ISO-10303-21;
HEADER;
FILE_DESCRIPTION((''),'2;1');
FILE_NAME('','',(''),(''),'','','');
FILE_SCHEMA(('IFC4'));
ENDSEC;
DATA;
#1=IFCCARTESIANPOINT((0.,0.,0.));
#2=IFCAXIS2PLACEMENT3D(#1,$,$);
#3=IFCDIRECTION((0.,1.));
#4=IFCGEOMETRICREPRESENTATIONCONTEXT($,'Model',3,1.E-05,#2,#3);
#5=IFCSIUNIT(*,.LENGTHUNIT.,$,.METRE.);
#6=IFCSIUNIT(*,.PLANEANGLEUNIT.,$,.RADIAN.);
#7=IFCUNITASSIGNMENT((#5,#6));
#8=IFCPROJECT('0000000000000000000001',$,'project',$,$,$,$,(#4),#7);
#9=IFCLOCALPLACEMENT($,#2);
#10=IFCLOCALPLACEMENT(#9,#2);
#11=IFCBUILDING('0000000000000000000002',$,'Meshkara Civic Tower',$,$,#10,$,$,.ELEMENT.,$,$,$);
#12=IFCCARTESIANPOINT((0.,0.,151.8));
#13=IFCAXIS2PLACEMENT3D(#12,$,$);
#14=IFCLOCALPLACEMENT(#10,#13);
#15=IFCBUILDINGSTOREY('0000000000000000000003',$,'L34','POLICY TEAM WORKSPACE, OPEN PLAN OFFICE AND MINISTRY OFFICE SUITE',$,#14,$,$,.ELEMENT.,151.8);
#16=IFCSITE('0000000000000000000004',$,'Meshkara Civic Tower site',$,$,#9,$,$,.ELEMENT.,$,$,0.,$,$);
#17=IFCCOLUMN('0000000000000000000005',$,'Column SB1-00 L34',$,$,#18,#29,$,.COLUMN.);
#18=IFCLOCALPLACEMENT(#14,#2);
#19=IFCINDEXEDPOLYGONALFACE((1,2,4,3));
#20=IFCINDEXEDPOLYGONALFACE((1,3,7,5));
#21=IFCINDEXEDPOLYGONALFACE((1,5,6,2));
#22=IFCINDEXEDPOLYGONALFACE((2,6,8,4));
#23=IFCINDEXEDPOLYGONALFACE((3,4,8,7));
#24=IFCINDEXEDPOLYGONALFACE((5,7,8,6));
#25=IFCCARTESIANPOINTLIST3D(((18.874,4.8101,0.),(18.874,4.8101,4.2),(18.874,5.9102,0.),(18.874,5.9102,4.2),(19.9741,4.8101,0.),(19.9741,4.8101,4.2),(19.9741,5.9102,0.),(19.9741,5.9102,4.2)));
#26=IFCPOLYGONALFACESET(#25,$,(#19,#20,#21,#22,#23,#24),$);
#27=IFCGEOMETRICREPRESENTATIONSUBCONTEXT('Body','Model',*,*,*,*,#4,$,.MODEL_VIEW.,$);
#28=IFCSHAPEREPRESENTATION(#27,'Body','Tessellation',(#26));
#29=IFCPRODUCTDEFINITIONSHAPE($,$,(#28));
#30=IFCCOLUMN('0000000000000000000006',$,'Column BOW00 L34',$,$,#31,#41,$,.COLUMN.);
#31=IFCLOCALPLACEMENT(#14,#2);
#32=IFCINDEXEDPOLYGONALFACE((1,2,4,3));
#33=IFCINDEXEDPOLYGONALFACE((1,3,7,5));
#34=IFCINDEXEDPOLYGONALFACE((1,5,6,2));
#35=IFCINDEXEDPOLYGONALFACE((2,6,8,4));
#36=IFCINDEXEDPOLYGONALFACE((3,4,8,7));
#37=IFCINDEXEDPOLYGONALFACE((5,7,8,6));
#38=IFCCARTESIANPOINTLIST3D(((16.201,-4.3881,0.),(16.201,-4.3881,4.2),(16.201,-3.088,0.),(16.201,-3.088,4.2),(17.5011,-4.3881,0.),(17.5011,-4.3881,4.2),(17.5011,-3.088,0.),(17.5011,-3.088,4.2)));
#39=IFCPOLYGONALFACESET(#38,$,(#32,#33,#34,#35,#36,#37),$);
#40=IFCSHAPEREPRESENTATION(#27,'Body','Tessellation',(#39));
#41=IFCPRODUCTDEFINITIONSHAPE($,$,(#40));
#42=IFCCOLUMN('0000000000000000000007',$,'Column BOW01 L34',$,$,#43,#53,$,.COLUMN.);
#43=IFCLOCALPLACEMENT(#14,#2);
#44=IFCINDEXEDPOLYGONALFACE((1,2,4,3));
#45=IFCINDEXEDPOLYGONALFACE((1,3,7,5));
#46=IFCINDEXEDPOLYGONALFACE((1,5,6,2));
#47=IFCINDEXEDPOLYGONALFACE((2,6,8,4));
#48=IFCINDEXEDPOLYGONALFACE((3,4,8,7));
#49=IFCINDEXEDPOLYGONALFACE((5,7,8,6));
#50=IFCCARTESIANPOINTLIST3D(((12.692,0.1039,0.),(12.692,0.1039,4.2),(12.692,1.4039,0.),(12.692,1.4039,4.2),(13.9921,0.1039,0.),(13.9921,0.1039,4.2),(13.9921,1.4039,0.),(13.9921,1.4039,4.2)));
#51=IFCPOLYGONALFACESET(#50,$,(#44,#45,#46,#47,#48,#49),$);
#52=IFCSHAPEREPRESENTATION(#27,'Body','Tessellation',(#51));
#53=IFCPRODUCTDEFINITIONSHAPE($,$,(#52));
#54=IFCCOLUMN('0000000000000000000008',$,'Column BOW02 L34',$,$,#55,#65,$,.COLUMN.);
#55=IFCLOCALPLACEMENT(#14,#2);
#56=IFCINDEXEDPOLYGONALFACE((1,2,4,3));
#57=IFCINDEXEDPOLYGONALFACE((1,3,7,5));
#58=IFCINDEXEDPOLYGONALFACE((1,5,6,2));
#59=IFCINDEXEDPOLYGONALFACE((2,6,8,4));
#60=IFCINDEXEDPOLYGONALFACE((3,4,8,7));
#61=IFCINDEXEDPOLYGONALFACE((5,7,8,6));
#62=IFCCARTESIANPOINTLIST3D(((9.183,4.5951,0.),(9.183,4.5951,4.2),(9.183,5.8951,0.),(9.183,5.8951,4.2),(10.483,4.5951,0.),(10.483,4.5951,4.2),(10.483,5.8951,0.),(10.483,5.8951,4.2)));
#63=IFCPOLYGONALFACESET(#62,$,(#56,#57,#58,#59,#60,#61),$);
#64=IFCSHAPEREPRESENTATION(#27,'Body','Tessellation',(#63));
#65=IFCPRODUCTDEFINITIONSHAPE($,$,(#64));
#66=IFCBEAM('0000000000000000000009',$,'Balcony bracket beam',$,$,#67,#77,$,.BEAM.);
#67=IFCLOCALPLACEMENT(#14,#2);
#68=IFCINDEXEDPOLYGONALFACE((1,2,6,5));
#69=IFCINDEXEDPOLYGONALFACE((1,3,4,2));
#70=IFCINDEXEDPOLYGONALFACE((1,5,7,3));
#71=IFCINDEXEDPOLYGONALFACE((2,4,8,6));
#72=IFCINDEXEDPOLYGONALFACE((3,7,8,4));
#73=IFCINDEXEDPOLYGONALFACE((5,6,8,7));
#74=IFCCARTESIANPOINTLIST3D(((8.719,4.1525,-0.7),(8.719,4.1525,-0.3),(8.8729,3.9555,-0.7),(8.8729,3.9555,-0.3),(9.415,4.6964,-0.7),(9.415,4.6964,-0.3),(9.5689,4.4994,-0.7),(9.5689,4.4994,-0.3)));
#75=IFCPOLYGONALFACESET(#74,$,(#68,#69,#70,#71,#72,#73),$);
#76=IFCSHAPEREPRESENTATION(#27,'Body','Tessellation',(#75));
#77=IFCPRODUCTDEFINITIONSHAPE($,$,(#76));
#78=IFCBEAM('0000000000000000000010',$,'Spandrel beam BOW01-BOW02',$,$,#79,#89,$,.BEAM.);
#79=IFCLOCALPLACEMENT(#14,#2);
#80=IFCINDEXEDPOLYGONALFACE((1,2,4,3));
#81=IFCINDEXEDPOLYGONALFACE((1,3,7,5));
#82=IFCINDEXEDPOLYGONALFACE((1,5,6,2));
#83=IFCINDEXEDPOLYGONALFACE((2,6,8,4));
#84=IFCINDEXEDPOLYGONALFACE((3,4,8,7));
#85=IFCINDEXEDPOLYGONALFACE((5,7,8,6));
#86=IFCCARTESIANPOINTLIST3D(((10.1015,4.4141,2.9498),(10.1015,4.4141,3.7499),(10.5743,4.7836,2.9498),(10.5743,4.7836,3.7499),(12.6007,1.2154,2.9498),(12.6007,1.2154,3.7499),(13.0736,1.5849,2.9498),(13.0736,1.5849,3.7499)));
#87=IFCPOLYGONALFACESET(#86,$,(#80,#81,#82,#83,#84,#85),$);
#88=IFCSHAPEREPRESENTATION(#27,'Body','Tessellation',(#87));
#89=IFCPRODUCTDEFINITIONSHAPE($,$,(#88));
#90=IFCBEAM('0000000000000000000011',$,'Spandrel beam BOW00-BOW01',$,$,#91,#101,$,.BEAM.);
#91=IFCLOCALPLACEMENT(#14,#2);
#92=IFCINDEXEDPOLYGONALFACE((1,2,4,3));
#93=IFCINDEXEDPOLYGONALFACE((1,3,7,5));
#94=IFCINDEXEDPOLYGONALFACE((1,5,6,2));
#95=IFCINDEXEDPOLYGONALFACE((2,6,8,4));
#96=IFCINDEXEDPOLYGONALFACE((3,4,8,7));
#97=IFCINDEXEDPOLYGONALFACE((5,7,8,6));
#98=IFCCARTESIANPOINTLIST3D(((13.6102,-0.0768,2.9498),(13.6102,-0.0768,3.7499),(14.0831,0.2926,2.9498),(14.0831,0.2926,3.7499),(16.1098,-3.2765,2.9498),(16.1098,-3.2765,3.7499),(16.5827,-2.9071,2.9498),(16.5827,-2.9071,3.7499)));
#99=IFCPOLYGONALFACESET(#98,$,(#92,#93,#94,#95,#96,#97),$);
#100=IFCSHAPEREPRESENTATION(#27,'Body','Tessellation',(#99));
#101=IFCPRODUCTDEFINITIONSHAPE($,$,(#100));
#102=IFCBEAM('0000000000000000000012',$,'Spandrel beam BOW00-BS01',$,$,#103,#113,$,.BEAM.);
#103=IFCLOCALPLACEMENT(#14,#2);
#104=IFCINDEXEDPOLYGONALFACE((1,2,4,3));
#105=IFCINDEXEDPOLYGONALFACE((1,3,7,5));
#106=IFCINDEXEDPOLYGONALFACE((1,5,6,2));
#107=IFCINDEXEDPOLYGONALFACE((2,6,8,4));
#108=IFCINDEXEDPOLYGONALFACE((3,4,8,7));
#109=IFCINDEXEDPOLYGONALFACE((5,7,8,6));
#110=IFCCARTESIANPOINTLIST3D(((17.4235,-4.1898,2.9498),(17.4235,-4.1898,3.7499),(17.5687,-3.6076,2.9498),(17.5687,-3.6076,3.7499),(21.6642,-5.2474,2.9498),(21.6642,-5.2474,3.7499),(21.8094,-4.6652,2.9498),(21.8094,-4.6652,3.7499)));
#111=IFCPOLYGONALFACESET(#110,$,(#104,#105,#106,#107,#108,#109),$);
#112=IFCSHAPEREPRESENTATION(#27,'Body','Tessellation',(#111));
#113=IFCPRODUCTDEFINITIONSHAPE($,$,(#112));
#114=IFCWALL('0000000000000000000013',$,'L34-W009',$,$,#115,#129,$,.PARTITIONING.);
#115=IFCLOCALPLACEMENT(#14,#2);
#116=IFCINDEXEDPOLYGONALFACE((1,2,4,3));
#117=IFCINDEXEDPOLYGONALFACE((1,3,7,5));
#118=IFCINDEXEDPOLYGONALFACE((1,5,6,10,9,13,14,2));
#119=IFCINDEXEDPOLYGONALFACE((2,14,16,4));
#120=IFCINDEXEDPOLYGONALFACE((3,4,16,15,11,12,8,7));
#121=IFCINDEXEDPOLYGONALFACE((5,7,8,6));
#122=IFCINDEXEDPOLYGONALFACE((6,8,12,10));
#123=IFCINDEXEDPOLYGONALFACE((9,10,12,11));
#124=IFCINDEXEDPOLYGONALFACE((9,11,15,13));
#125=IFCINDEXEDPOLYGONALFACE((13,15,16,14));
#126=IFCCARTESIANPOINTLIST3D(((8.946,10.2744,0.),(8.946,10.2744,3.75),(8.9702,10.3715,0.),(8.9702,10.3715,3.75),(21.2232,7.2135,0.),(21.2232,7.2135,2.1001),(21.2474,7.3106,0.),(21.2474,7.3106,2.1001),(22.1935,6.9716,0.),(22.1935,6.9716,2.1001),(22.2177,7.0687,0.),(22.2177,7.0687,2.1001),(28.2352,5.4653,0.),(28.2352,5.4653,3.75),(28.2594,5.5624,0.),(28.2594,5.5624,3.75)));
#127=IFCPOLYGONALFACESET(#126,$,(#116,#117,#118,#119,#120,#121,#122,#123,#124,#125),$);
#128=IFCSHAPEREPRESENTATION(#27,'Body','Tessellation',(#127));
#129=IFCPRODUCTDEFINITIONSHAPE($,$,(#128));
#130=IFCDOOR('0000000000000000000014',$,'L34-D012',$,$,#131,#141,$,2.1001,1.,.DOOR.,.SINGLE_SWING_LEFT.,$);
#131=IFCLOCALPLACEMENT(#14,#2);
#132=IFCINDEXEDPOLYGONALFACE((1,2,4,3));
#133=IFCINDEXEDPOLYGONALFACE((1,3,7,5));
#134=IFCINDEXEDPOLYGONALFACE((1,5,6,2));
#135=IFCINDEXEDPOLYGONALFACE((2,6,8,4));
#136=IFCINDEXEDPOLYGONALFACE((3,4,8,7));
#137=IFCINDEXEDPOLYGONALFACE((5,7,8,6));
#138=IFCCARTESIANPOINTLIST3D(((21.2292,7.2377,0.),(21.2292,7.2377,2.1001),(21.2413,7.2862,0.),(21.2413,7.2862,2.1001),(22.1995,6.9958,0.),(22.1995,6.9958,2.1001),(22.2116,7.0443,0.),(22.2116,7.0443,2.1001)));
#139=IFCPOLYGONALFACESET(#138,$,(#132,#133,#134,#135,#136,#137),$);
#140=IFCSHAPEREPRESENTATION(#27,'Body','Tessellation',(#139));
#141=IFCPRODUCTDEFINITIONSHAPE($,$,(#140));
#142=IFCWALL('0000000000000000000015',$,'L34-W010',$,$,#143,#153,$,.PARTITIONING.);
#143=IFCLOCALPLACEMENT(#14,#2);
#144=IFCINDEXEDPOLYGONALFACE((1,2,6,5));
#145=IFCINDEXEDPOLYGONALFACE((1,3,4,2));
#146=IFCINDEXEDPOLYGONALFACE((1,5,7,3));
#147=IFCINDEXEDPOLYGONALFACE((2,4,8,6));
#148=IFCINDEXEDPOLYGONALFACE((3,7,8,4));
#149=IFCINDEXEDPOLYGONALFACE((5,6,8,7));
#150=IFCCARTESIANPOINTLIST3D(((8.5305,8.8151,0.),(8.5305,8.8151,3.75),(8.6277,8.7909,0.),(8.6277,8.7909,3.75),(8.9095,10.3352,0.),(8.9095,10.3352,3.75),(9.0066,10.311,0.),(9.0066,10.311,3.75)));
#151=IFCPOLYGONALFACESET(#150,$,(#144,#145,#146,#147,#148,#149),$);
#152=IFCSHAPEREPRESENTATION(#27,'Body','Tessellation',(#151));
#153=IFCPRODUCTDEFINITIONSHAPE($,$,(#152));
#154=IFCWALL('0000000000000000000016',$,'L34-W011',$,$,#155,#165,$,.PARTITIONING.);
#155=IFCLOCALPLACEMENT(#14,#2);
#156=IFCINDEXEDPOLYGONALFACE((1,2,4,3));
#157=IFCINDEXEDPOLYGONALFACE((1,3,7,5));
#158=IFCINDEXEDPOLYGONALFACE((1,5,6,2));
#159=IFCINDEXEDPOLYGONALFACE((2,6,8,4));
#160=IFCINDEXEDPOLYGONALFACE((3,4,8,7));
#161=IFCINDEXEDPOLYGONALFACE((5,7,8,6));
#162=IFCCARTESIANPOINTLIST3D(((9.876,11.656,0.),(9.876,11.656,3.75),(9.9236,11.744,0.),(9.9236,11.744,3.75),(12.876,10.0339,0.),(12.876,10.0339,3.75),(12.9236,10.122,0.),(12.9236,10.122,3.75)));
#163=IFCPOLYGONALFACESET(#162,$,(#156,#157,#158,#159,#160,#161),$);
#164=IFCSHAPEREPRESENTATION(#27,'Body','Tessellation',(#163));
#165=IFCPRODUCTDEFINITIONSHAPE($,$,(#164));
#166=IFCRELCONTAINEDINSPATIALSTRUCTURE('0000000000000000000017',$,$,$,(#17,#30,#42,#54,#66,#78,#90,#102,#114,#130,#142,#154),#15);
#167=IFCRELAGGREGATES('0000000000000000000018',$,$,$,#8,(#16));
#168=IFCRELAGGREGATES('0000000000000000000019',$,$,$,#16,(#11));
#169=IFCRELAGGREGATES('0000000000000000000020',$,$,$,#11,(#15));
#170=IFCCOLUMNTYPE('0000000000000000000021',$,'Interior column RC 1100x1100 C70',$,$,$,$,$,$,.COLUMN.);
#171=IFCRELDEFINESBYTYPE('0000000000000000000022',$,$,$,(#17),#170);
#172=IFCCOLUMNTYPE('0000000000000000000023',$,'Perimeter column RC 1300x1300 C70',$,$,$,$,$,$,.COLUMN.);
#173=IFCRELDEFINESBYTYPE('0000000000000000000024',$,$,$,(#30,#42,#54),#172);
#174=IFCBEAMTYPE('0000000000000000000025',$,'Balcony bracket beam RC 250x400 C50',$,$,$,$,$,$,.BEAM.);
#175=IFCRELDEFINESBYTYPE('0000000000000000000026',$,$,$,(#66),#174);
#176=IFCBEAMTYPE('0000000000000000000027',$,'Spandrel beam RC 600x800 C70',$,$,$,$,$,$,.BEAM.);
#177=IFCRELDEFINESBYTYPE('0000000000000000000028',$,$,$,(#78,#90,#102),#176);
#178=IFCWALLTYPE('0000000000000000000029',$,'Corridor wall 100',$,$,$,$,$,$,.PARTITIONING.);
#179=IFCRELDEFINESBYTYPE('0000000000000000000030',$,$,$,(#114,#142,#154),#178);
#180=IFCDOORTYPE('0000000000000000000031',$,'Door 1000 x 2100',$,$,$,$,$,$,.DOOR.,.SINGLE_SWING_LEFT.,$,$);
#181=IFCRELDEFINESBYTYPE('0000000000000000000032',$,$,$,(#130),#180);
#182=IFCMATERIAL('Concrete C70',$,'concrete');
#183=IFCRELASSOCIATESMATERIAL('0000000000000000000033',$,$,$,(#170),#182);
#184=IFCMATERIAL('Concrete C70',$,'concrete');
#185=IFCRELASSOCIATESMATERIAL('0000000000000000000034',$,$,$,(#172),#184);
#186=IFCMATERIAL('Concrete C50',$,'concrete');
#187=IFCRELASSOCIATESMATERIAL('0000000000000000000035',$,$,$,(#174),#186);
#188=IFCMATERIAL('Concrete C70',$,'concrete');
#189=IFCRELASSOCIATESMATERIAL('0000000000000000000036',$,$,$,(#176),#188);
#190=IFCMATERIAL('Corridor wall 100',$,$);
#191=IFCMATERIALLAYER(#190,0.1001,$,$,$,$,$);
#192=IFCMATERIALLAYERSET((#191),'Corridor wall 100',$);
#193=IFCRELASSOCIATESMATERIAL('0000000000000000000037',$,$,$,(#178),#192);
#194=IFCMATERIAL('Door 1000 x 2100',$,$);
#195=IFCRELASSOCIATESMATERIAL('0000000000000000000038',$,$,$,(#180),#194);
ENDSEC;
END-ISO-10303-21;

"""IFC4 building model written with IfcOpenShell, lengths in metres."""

from ifc_helpers import new_model, si_unit, direction, frame, frame_2d, origin, origin_2d, place, context, subcontext, project, spatial, rectangle, extrude, material, layer, layer_set, material_profile, profile_set, type_object, element, fill, save


model = new_model("IFC4")

# Units and contexts
model_context = context("Model", 3, precision=1e-05, world=origin(), true_north=direction((0.0, 1.0)))
body_context = subcontext(model_context, "Body", "Model", "MODEL_VIEW")
ifc_project = project(units=[si_unit("LENGTHUNIT", "METRE"), si_unit("PLANEANGLEUNIT", "RADIAN")], contexts=[model_context])

# Site, building, storey
site_placement = place(None, origin())
site = spatial("IfcSite", under=ifc_project, at=site_placement, Name="Meshkara Civic Tower site", CompositionType="ELEMENT", RefElevation=0.0)
building_placement = place(site_placement, origin())
building = spatial("IfcBuilding", under=site, at=building_placement, Name="Meshkara Civic Tower", CompositionType="ELEMENT")
storey_placement = place(building_placement, frame((0.0, 0.0, 151.8)))
storey = spatial("IfcBuildingStorey", under=building, at=storey_placement, Name="L34", Description="POLICY TEAM WORKSPACE, OPEN PLAN OFFICE AND MINISTRY OFFICE SUITE", CompositionType="ELEMENT", Elevation=151.8)

# Columns
ifc_material_1 = material(Name="Concrete C70", Category="concrete")
ifc_material_profile_1 = material_profile(ifc_material_1, rectangle(XDim=1.1001, YDim=1.1001, at=origin_2d()))
ifc_profile_set_1 = profile_set([ifc_material_profile_1], Name="Concrete C70")
column_type_1 = type_object("IfcColumnType", Name="Interior column RC 1100x1100 C70", PredefinedType="COLUMN", material=ifc_profile_set_1)
column_placement = place(storey_placement, frame((19.4241, 5.3601, 0.0), z_axis=(0.0, 0.0, 1.0), x_axis=(1.0, 0.0, 0.0)))
element("IfcColumn", 1, at=column_placement, inside=storey, type_object=column_type_1, Name="Column SB1-00 L34", PredefinedType="COLUMN", context=body_context, shape_type="SweptSolid", body=[
    extrude(rectangle(XDim=1.1001, YDim=1.1001, at=origin_2d()), origin(), (0.0, 0.0, 1.0), 4.2),
])
ifc_material_2 = material(Name="Concrete C70", Category="concrete")
ifc_material_profile_2 = material_profile(ifc_material_2, rectangle(XDim=1.3, YDim=1.3, at=origin_2d()))
ifc_profile_set_2 = profile_set([ifc_material_profile_2], Name="Concrete C70")
column_type_2 = type_object("IfcColumnType", Name="Perimeter column RC 1300x1300 C70", PredefinedType="COLUMN", material=ifc_profile_set_2)
for number, where, z_axis, x_axis, name in (
    (2, (16.8511, -3.738, 0.0), (0.0, 0.0, 1.0), (1.0, 0.0, 0.0), "Column BOW00 L34"),
    (3, (13.342, 0.7539, 0.0), (0.0, 0.0, 1.0), (1.0, 0.0, 0.0), "Column BOW01 L34"),
    (4, (9.833, 5.2451, 0.0), (0.0, 0.0, 1.0), (1.0, 0.0, 0.0), "Column BOW02 L34"),
):
    element("IfcColumn", number, at=place(storey_placement, frame(where, z_axis=z_axis, x_axis=x_axis)), inside=storey, type_object=column_type_2, Name=name, PredefinedType="COLUMN", context=body_context, shape_type="SweptSolid", body=[
        extrude(rectangle(XDim=1.3, YDim=1.3, at=origin_2d()), origin(), (0.0, 0.0, 1.0), 4.2),
    ])

# Beams
ifc_material_3 = material(Name="Concrete C50", Category="concrete")
ifc_material_profile_3 = material_profile(ifc_material_3, rectangle(XDim=0.25, YDim=0.3999, at=origin_2d()))
ifc_profile_set_3 = profile_set([ifc_material_profile_3], Name="Concrete C50")
beam_type_1 = type_object("IfcBeamType", Name="Balcony bracket beam RC 250x400 C50", PredefinedType="BEAM", material=ifc_profile_set_3)
beam_1_placement = place(storey_placement, frame((9.4919, 4.5979, -0.5), z_axis=(-0.787936, -0.615757, 0.0), x_axis=(0.615757, -0.787936, 0.0)))
element("IfcBeam", 5, at=beam_1_placement, inside=storey, type_object=beam_type_1, Name="Balcony bracket beam", PredefinedType="BEAM", context=body_context, shape_type="SweptSolid", body=[
    extrude(rectangle(XDim=0.25, YDim=0.3999, at=origin_2d()), origin(), (0.0, 0.0, 1.0), 0.8833),
])
ifc_material_4 = material(Name="Concrete C70", Category="concrete")
ifc_material_profile_4 = material_profile(ifc_material_4, rectangle(XDim=0.6001, YDim=0.8, at=origin_2d()))
ifc_profile_set_4 = profile_set([ifc_material_profile_4], Name="Concrete C70")
beam_type_2 = type_object("IfcBeamType", Name="Spandrel beam RC 600x800 C70", PredefinedType="BEAM", material=ifc_profile_set_4)
beam_2_placement = place(storey_placement, frame((10.3379, 4.5989, 3.3499), z_axis=(0.615684, -0.787993, 0.0), x_axis=(0.787993, 0.615684, 0.0)))
element("IfcBeam", 6, at=beam_2_placement, inside=storey, type_object=beam_type_2, Name="Spandrel beam BOW01-BOW02", PredefinedType="BEAM", context=body_context, shape_type="SweptSolid", body=[
    extrude(rectangle(XDim=0.6001, YDim=0.8, at=origin_2d()), origin(), (0.0, 0.0, 1.0), 4.0593),
])
beam_3_placement = place(storey_placement, frame((13.8467, 0.1079, 3.3499), z_axis=(0.615604, -0.788055, 0.0), x_axis=(0.788055, 0.615604, 0.0)))
element("IfcBeam", 7, at=beam_3_placement, inside=storey, type_object=beam_type_2, Name="Spandrel beam BOW00-BOW01", PredefinedType="BEAM", context=body_context, shape_type="SweptSolid", body=[
    extrude(rectangle(XDim=0.6001, YDim=0.8, at=origin_2d()), origin(), (0.0, 0.0, 1.0), 4.0603),
])
beam_4_placement = place(storey_placement, frame((17.4961, -3.8987, 3.3499), z_axis=(0.97028, -0.241984, 0.0), x_axis=(0.241984, 0.97028, 0.0)))
element("IfcBeam", 8, at=beam_4_placement, inside=storey, type_object=beam_type_2, Name="Spandrel beam BOW00-BS01", PredefinedType="BEAM", context=body_context, shape_type="SweptSolid", body=[
    extrude(rectangle(XDim=0.6001, YDim=0.8, at=origin_2d()), origin(), (0.0, 0.0, 1.0), 4.3706),
])

# Wall, opening, door
ifc_material_5 = material(Name="Corridor wall 100")
ifc_layer_1 = layer(ifc_material_5, 0.1001)
ifc_layer_set_1 = layer_set([ifc_layer_1], Name="Corridor wall 100")
wall_type_1 = type_object("IfcWallType", Name="Corridor wall 100", PredefinedType="PARTITIONING", material=ifc_layer_set_1)
wall_1_placement = place(storey_placement, frame((8.958, 10.323, 0.0), z_axis=(0.0, 0.0, 1.0), x_axis=(0.970298, -0.241911, 0.0)))
wall_1 = element("IfcWall", 9, at=wall_1_placement, inside=storey, type_object=wall_type_1, Name="L34-W009", PredefinedType="PARTITIONING", context=body_context, shape_type="SweptSolid", body=[
    extrude(rectangle(XDim=19.8796, YDim=0.1001, at=frame_2d((9.9399, 0.0))), origin(), (0.0, 0.0, 1.0), 3.75),
])
opening_1_placement = place(wall_1_placement, frame((12.6531, 0.0, 0.0)))
opening_1 = element("IfcOpeningElement", 10, at=opening_1_placement, cuts=wall_1, PredefinedType="OPENING", context=body_context, shape_type="SweptSolid", body=[
    extrude(rectangle(XDim=1.0, YDim=2.1001, at=frame_2d((0.5, 1.05))), frame((0.0, 0.0601, 0.0), z_axis=(0.0, -1.0, 0.0), x_axis=(1.0, 0.0, 0.0)), (0.0, 0.0, 1.0), 0.1201),
])
ifc_material_6 = material(Name="Door 1000 x 2100")
door_type_1 = type_object("IfcDoorType", Name="Door 1000 x 2100", OperationType="SINGLE_SWING_LEFT", PredefinedType="DOOR", material=ifc_material_6)
door_1_placement = place(opening_1_placement, origin())
door_1 = element("IfcDoor", 11, at=door_1_placement, inside=storey, type_object=door_type_1, Name="L34-D012", OperationType="SINGLE_SWING_LEFT", OverallHeight=2.1001, OverallWidth=1.0, PredefinedType="DOOR", context=body_context, shape_type="SweptSolid", body=[
    extrude(rectangle(XDim=1.0, YDim=2.1001, at=frame_2d((0.5, 1.05))), frame((0.0, 0.0249, 0.0), z_axis=(0.0, -1.0, 0.0), x_axis=(1.0, 0.0, 0.0)), (0.0, 0.0, 1.0), 0.05),
])
fill(opening_1, door_1)

# Walls
wall_2_placement = place(storey_placement, frame((8.958, 10.323, 0.0), z_axis=(0.0, 0.0, 1.0), x_axis=(-0.241876, -0.970307, 0.0)))
element("IfcWall", 12, at=wall_2_placement, inside=storey, type_object=wall_type_1, Name="L34-W010", PredefinedType="PARTITIONING", context=body_context, shape_type="SweptSolid", body=[
    extrude(rectangle(XDim=1.5667, YDim=0.1001, at=frame_2d((0.7832, 0.0))), origin(), (0.0, 0.0, 1.0), 3.75),
])
wall_3_placement = place(storey_placement, frame((9.8999, 11.7, 0.0), z_axis=(0.0, 0.0, 1.0), x_axis=(0.879651, -0.475619, 0.0)))
element("IfcWall", 13, at=wall_3_placement, inside=storey, type_object=wall_type_1, Name="L34-W011", PredefinedType="PARTITIONING", context=body_context, shape_type="SweptSolid", body=[
    extrude(rectangle(XDim=3.4104, YDim=0.1001, at=frame_2d((1.7051, 0.0))), origin(), (0.0, 0.0, 1.0), 3.75),
])

save(model, "model.ifc")
